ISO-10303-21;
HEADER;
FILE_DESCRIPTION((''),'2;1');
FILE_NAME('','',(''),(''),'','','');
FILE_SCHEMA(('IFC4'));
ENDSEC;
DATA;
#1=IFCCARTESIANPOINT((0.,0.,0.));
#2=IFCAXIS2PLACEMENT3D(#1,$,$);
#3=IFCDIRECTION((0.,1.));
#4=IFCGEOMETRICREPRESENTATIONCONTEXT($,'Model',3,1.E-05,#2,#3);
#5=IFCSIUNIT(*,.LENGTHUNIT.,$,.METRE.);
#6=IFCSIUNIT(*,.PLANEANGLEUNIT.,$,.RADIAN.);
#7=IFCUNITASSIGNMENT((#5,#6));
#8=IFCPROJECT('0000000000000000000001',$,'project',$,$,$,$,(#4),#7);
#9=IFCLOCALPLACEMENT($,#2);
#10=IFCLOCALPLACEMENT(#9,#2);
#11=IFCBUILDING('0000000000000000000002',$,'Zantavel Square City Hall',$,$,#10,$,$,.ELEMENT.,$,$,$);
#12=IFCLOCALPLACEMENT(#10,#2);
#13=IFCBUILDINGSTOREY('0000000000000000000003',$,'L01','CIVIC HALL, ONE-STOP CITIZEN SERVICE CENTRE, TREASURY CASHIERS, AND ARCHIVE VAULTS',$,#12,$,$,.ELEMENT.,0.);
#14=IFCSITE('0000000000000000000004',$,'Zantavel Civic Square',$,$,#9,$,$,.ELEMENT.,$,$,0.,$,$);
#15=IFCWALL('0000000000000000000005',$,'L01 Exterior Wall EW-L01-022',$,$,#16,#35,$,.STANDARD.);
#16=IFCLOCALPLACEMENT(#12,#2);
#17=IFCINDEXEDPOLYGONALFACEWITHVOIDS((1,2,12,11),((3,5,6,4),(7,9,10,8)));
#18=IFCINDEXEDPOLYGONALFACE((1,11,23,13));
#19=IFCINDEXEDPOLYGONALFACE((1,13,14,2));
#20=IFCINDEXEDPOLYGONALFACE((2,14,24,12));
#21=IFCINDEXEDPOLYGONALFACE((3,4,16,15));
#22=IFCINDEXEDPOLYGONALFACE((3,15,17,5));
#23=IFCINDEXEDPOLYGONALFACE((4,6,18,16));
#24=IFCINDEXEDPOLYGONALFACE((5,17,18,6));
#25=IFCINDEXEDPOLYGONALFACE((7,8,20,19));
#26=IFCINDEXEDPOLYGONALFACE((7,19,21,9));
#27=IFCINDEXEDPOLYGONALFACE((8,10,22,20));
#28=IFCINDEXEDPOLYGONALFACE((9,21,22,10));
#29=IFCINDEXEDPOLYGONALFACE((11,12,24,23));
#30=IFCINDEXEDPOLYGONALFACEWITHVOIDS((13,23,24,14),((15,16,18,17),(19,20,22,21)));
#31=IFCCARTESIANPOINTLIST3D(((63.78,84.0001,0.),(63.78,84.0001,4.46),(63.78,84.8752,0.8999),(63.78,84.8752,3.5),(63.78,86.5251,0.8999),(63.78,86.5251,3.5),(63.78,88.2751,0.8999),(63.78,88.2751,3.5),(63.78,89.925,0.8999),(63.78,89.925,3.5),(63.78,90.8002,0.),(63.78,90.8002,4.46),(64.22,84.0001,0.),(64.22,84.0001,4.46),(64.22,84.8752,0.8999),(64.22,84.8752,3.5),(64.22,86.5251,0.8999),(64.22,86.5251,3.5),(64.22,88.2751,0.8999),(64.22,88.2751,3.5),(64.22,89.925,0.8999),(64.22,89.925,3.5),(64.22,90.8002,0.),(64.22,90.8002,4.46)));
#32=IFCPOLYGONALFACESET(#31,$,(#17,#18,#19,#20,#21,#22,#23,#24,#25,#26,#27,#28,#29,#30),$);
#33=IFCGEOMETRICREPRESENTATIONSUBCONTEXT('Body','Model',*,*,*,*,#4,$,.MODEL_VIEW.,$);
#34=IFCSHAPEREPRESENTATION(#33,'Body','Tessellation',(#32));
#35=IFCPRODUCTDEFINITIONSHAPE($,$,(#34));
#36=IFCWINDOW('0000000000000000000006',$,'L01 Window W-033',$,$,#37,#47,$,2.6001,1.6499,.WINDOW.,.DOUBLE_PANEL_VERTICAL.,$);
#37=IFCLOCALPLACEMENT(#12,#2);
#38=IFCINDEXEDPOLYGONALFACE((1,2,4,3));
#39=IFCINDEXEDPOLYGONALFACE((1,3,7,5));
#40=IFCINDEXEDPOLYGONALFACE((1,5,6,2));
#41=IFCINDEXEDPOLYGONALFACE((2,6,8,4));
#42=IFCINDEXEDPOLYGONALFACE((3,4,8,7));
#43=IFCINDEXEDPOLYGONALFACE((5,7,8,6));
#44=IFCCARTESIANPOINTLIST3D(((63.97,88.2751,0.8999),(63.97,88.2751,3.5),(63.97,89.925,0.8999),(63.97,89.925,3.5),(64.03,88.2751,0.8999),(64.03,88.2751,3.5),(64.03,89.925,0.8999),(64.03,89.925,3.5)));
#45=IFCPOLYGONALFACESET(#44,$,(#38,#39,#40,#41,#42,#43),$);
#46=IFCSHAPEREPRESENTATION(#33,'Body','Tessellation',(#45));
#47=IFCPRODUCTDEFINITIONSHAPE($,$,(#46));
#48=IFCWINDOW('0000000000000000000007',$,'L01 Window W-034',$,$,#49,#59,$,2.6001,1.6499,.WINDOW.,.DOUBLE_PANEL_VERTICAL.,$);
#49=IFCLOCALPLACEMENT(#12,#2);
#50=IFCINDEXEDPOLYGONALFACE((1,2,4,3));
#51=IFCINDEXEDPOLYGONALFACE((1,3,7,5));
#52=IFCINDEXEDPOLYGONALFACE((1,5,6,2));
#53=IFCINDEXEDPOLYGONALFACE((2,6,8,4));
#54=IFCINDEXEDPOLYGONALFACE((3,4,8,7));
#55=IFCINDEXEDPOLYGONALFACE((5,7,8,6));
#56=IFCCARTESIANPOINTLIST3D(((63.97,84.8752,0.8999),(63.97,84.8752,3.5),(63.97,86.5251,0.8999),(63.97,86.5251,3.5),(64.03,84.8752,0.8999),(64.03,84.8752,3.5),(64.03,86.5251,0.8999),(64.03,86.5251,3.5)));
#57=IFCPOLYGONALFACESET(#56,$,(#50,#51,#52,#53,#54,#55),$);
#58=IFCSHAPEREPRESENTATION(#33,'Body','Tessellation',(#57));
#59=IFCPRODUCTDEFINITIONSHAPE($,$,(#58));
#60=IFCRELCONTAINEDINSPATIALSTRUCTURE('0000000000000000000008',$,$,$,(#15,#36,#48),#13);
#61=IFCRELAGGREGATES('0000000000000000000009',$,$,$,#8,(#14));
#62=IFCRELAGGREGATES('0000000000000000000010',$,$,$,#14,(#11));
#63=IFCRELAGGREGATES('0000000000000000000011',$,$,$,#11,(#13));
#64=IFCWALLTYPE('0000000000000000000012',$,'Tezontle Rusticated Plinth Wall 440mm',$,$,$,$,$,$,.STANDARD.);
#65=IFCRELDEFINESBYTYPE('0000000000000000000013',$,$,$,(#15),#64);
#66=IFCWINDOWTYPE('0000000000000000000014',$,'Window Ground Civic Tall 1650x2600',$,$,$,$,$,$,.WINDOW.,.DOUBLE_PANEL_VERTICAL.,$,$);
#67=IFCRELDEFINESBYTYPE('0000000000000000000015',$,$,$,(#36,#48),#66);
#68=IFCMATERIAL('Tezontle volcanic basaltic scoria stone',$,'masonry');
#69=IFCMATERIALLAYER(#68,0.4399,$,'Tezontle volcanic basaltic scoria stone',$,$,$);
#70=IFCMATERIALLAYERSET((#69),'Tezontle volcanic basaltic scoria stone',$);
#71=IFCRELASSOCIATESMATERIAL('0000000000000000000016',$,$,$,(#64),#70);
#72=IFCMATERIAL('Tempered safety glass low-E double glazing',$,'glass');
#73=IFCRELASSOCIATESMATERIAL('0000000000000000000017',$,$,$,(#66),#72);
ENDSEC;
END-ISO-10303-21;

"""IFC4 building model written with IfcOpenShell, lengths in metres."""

from ifc_helpers import new_model, si_unit, direction, frame, frame_2d, origin, place, context, subcontext, project, spatial, rectangle, extrude, material, layer, layer_set, type_object, element, fill, save


model = new_model("IFC4")

# Units and contexts
model_context = context("Model", 3, precision=1e-05, world=origin(), true_north=direction((0.0, 1.0)))
body_context = subcontext(model_context, "Body", "Model", "MODEL_VIEW")
ifc_project = project(units=[si_unit("LENGTHUNIT", "METRE"), si_unit("PLANEANGLEUNIT", "RADIAN")], contexts=[model_context])

# Site, building, storey
site_placement = place(None, origin())
site = spatial("IfcSite", under=ifc_project, at=site_placement, Name="Zantavel Civic Square", CompositionType="ELEMENT", RefElevation=0.0)
building_placement = place(site_placement, origin())
building = spatial("IfcBuilding", under=site, at=building_placement, Name="Zantavel Square City Hall", CompositionType="ELEMENT")
storey_placement = place(building_placement, origin())
storey = spatial("IfcBuildingStorey", under=building, at=storey_placement, Name="L01", Description="CIVIC HALL, ONE-STOP CITIZEN SERVICE CENTRE, TREASURY CASHIERS, AND ARCHIVE VAULTS", CompositionType="ELEMENT", Elevation=0.0)

# Shared definitions
ifc_material_1 = material(Name="Tezontle volcanic basaltic scoria stone", Category="masonry")
ifc_layer_1 = layer(ifc_material_1, 0.4399, Name="Tezontle volcanic basaltic scoria stone")
ifc_layer_set_1 = layer_set([ifc_layer_1], Name="Tezontle volcanic basaltic scoria stone")
wall_type_1 = type_object("IfcWallType", Name="Tezontle Rusticated Plinth Wall 440mm", PredefinedType="STANDARD", material=ifc_layer_set_1)

# Wall, openings, windows
wall_1_placement = place(storey_placement, frame((64.0, 90.8, 0.0), z_axis=(0.0, 0.0, 1.0), x_axis=(0.0, -1.0, 0.0)))
wall_1 = element("IfcWall", 1, at=wall_1_placement, inside=storey, type_object=wall_type_1, Name="L01 Exterior Wall EW-L01-022", PredefinedType="STANDARD", context=body_context, shape_type="SweptSolid", body=[
    extrude(rectangle(XDim=6.8, YDim=0.4399, at=frame_2d((3.3999, 0.0))), origin(), (0.0, 0.0, 1.0), 4.46),
])
opening_1_placement = place(wall_1_placement, frame((0.875, 0.0, 0.8999)))
opening_1 = element("IfcOpeningElement", 2, at=opening_1_placement, cuts=wall_1, PredefinedType="OPENING", context=body_context, shape_type="SweptSolid", body=[
    extrude(rectangle(XDim=1.6499, YDim=2.6001, at=frame_2d((0.825, 1.3))), frame((0.0, 0.23, 0.0), z_axis=(0.0, -1.0, 0.0), x_axis=(1.0, 0.0, 0.0)), (0.0, 0.0, 1.0), 0.46),
])
opening_2_placement = place(wall_1_placement, frame((4.2749, 0.0, 0.8999)))
opening_2 = element("IfcOpeningElement", 3, at=opening_2_placement, cuts=wall_1, PredefinedType="OPENING", context=body_context, shape_type="SweptSolid", body=[
    extrude(rectangle(XDim=1.6499, YDim=2.6001, at=frame_2d((0.825, 1.3))), frame((0.0, 0.23, 0.0), z_axis=(0.0, -1.0, 0.0), x_axis=(1.0, 0.0, 0.0)), (0.0, 0.0, 1.0), 0.46),
])
ifc_material_2 = material(Name="Tempered safety glass low-E double glazing", Category="glass")
window_type = type_object("IfcWindowType", Name="Window Ground Civic Tall 1650x2600", PartitioningType="DOUBLE_PANEL_VERTICAL", PredefinedType="WINDOW", material=ifc_material_2)
window_1_placement = place(opening_1_placement, origin())
window_1 = element("IfcWindow", 4, at=window_1_placement, inside=storey, type_object=window_type, Name="L01 Window W-033", OverallHeight=2.6001, OverallWidth=1.6499, PartitioningType="DOUBLE_PANEL_VERTICAL", PredefinedType="WINDOW", context=body_context, shape_type="SweptSolid", body=[
    extrude(rectangle(XDim=1.6499, YDim=2.6001, at=frame_2d((0.825, 1.3))), frame((0.0, 0.03, 0.0), z_axis=(0.0, -1.0, 0.0), x_axis=(1.0, 0.0, 0.0)), (0.0, 0.0, 1.0), 0.0601),
])
fill(opening_1, window_1)
window_2_placement = place(opening_2_placement, origin())
window_2 = element("IfcWindow", 5, at=window_2_placement, inside=storey, type_object=window_type, Name="L01 Window W-034", OverallHeight=2.6001, OverallWidth=1.6499, PartitioningType="DOUBLE_PANEL_VERTICAL", PredefinedType="WINDOW", context=body_context, shape_type="SweptSolid", body=[
    extrude(rectangle(XDim=1.6499, YDim=2.6001, at=frame_2d((0.825, 1.3))), frame((0.0, 0.03, 0.0), z_axis=(0.0, -1.0, 0.0), x_axis=(1.0, 0.0, 0.0)), (0.0, 0.0, 1.0), 0.0601),
])
fill(opening_2, window_2)

save(model, "model.ifc")
